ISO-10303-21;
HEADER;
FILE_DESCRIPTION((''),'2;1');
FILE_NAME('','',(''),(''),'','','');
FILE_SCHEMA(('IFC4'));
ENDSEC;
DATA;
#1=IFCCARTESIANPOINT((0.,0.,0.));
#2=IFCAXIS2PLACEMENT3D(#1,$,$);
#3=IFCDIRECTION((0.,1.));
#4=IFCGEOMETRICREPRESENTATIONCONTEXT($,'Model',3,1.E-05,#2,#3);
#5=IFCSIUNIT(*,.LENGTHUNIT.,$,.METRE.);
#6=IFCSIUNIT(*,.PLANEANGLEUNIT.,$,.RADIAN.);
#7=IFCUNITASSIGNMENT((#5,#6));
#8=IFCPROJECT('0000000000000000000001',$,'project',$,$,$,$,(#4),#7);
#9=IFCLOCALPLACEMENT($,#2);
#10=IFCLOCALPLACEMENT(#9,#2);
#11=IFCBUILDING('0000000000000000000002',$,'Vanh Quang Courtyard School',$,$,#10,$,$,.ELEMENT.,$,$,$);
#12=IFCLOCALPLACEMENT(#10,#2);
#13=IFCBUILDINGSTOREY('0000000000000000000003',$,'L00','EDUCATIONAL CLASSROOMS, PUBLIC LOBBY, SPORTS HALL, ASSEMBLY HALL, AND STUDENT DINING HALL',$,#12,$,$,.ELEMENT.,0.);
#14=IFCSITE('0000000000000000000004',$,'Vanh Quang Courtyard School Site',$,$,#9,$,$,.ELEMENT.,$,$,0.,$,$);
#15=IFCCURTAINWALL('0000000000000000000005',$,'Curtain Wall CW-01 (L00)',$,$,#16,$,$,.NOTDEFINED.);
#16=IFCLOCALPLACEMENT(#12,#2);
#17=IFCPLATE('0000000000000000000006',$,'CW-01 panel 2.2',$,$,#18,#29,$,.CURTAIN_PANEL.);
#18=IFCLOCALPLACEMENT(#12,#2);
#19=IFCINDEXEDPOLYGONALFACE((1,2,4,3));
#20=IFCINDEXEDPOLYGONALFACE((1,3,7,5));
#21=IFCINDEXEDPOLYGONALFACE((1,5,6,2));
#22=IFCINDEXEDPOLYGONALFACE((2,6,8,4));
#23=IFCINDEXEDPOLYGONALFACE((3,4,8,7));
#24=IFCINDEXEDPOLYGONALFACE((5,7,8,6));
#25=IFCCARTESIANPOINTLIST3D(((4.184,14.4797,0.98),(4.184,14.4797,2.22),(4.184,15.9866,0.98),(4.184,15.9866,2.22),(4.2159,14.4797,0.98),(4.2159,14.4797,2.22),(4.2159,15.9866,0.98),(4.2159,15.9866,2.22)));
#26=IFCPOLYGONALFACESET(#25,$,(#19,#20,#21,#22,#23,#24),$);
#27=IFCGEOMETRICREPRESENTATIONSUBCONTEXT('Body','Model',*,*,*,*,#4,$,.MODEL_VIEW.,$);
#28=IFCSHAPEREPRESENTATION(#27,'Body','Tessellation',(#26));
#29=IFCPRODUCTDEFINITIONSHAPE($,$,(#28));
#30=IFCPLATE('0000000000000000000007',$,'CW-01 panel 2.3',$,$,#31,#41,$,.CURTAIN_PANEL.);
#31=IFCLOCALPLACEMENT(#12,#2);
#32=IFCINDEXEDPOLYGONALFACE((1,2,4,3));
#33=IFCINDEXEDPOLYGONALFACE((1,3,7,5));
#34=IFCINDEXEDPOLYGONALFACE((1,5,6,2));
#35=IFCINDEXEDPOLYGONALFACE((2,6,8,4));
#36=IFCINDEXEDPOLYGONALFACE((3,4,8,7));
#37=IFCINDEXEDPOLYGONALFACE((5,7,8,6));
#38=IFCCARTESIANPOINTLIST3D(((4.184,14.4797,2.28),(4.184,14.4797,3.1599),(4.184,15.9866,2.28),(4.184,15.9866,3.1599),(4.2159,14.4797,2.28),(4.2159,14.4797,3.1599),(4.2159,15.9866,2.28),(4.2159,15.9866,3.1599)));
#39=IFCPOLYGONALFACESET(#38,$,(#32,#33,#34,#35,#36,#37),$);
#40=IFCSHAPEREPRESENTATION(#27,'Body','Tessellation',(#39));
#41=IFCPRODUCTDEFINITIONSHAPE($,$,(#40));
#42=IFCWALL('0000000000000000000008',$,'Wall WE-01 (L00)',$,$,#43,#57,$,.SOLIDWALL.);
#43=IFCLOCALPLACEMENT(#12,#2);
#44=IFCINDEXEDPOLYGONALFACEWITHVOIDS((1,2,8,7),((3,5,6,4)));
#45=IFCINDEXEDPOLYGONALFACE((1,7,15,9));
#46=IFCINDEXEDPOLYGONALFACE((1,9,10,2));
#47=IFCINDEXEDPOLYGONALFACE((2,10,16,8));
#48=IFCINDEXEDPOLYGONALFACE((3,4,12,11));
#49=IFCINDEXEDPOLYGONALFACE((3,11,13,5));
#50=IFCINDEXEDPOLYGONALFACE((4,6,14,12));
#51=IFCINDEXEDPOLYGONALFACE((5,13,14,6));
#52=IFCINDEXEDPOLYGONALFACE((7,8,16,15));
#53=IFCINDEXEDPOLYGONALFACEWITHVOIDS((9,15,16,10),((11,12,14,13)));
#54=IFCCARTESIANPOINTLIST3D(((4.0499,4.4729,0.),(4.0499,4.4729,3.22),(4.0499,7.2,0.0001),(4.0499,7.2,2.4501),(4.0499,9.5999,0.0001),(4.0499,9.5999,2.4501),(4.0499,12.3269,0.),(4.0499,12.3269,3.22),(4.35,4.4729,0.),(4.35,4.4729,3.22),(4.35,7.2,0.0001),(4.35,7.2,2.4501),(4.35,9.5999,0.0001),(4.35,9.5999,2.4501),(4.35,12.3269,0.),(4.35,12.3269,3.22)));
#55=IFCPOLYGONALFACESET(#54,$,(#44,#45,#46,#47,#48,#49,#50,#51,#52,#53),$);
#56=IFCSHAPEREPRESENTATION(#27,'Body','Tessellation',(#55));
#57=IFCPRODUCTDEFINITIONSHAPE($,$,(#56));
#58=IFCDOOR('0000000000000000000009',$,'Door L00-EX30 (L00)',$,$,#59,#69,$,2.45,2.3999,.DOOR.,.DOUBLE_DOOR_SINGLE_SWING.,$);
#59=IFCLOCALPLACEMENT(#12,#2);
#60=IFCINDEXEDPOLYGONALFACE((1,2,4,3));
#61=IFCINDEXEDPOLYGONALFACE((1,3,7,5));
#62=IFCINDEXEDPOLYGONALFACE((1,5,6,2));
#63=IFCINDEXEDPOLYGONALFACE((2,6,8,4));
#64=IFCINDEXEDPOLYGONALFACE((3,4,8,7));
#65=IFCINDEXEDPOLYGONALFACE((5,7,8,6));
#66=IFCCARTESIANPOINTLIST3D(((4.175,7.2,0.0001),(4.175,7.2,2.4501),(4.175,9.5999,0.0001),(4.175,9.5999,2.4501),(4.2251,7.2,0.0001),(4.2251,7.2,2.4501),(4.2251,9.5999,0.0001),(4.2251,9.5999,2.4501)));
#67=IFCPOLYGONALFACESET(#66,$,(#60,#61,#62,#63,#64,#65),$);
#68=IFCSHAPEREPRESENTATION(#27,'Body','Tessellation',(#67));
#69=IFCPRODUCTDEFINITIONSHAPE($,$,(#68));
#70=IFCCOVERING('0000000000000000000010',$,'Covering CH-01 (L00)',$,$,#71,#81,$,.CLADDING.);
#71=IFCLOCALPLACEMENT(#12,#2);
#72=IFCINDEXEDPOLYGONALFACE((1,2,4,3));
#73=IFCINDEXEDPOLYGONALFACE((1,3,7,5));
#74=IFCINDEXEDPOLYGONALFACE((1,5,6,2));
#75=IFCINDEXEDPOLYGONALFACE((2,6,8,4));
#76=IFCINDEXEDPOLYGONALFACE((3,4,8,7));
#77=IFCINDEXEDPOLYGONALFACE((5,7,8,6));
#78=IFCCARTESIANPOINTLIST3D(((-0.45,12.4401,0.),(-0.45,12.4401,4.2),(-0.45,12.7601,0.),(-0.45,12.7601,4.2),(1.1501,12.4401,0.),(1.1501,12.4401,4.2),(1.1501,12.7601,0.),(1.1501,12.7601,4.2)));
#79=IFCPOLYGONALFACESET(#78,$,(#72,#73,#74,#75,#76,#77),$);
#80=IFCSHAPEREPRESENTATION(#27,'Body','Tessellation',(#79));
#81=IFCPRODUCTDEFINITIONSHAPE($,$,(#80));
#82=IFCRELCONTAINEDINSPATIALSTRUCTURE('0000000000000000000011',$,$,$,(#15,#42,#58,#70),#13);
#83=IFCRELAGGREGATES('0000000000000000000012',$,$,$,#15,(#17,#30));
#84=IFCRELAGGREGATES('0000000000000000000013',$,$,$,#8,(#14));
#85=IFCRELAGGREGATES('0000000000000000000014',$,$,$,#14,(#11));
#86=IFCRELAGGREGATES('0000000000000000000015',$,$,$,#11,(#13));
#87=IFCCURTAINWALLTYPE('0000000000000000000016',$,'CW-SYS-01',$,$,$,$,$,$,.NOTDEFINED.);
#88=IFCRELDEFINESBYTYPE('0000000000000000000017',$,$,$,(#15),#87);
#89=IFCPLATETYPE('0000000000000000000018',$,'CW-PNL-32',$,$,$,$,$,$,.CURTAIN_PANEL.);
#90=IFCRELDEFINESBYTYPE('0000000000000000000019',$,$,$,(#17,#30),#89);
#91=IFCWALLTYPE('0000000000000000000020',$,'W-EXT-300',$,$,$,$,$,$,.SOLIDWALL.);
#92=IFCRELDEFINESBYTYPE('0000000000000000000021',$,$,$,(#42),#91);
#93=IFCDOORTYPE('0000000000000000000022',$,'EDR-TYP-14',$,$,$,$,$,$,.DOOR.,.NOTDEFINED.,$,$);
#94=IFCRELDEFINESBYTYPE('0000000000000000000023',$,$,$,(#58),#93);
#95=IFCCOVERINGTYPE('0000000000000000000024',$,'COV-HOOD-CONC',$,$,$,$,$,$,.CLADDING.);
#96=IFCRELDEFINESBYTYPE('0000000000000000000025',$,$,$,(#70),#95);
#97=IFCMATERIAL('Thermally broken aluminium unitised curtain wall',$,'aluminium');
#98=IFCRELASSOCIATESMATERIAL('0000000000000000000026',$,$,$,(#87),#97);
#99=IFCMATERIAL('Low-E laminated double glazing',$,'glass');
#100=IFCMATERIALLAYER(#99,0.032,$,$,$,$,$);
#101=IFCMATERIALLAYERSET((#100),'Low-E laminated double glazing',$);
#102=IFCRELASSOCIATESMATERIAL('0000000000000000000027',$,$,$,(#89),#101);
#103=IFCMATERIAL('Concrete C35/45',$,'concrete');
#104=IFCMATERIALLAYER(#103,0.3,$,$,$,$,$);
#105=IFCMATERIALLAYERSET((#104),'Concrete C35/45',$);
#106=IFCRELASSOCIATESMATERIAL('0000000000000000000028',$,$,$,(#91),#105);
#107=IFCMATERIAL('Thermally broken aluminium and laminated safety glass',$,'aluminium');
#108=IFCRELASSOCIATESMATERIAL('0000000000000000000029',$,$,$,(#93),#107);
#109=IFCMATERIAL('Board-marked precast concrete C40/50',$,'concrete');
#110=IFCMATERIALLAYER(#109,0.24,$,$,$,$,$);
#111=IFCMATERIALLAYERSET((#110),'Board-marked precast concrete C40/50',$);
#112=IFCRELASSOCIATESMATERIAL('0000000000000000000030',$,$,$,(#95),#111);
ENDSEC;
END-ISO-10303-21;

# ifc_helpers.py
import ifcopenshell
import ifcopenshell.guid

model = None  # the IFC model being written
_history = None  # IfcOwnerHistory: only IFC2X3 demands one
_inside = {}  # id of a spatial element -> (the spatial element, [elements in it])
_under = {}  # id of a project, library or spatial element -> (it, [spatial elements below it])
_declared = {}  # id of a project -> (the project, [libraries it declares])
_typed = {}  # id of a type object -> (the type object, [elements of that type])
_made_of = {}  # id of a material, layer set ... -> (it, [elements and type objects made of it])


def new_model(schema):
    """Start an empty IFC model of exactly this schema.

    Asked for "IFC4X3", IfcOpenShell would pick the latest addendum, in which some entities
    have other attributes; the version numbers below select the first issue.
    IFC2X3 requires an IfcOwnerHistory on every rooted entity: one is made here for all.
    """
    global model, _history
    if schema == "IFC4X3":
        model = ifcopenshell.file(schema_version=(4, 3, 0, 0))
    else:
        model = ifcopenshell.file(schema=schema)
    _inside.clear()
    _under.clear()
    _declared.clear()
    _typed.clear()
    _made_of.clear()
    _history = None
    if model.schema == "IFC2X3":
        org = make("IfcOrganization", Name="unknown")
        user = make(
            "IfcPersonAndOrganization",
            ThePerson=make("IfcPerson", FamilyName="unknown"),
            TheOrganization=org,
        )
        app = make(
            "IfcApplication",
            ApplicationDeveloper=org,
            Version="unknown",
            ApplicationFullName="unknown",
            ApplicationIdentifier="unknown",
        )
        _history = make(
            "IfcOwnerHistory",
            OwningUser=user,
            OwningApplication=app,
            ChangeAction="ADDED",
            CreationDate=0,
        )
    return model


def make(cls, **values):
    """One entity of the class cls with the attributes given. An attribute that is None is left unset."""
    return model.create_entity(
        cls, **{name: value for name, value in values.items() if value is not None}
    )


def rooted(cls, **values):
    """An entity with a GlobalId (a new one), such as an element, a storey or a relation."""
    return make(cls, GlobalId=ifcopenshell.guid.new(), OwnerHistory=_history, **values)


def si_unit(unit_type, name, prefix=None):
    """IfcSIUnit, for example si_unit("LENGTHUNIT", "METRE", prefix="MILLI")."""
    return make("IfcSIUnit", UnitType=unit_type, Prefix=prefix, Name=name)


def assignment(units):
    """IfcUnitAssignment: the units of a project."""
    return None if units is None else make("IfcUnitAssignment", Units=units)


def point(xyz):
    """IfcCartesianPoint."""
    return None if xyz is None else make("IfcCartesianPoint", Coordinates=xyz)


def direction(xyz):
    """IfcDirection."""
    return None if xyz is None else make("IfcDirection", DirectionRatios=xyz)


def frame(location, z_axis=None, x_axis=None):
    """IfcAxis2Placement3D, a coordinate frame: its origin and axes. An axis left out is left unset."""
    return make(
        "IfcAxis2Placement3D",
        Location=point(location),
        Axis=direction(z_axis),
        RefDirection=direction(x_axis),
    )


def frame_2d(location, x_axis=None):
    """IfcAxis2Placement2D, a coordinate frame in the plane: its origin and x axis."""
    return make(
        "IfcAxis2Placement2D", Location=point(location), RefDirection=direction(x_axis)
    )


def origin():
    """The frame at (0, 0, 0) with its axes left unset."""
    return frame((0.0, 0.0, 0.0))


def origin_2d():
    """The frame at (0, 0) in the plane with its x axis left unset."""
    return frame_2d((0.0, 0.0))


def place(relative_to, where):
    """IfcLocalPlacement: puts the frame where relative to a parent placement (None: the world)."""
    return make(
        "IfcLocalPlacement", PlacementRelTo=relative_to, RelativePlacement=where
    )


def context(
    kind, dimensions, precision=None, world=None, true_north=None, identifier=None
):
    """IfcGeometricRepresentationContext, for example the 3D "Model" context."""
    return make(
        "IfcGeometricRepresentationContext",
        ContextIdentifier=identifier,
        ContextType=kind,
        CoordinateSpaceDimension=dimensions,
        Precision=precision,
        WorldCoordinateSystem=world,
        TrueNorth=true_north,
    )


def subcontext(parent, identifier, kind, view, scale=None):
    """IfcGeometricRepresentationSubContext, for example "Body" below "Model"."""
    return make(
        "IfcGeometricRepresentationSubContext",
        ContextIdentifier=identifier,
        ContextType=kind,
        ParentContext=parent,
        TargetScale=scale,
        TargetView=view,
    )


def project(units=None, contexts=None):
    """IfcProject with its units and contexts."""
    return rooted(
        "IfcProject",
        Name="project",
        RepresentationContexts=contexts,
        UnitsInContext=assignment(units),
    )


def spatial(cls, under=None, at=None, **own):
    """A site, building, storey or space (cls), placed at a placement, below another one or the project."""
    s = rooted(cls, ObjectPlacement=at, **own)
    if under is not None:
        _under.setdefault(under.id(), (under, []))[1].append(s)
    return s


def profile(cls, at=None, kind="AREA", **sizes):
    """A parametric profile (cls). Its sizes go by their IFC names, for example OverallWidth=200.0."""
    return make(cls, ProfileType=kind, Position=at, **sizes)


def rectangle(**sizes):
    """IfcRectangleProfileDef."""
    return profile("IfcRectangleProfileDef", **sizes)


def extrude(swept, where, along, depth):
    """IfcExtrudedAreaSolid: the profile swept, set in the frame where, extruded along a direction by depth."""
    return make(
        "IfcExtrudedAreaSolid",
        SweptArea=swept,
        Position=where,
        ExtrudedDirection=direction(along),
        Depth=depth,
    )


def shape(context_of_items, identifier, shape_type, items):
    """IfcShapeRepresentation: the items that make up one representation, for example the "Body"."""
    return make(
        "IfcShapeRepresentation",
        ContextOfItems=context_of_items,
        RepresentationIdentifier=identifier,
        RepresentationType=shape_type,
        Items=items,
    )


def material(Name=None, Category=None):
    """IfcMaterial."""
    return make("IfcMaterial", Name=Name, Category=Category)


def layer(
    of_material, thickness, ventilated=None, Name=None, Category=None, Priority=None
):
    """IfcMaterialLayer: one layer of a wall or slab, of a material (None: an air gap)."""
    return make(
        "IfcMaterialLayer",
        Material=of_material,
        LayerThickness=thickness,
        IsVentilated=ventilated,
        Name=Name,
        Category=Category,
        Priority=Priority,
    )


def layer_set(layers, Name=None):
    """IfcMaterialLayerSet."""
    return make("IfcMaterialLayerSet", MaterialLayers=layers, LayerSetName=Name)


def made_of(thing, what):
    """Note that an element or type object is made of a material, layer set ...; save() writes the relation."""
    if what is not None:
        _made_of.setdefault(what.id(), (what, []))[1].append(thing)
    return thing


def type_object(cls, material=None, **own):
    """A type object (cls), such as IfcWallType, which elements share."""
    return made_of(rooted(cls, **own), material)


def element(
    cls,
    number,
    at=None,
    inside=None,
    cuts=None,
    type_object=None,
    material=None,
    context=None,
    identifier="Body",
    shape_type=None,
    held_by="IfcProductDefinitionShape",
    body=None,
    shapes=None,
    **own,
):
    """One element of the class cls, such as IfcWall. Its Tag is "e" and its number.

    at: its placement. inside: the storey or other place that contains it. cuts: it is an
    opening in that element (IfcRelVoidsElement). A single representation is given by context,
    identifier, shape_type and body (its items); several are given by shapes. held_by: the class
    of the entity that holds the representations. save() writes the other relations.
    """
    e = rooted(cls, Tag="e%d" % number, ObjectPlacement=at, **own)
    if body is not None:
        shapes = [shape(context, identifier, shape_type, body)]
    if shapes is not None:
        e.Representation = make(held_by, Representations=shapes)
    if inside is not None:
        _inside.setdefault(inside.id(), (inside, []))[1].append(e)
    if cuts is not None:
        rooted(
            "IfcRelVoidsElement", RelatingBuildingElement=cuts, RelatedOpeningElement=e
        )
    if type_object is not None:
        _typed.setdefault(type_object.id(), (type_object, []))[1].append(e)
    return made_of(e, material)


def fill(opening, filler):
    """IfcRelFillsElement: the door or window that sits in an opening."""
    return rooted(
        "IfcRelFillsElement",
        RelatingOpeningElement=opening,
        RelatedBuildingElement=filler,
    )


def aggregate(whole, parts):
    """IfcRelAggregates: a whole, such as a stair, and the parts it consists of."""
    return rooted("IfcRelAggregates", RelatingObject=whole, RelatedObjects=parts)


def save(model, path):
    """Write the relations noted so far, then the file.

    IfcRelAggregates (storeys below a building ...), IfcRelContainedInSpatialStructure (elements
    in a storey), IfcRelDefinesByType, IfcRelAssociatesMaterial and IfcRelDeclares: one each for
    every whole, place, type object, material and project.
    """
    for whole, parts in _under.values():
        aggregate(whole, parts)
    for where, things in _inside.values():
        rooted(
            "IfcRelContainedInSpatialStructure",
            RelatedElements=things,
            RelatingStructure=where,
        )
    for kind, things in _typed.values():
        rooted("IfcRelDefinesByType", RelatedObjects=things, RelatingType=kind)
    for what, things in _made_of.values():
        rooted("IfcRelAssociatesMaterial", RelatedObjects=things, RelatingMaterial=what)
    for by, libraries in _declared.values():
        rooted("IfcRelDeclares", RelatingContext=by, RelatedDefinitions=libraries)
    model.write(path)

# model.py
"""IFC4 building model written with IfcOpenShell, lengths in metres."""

from ifc_helpers import new_model, si_unit, direction, frame, frame_2d, origin, origin_2d, place, context, subcontext, project, spatial, rectangle, extrude, material, layer, layer_set, type_object, element, fill, aggregate, save


model = new_model("IFC4")

# Units and contexts
model_context = context("Model", 3, precision=1e-05, world=origin(), true_north=direction((0.0, 1.0)))
body_context = subcontext(model_context, "Body", "Model", "MODEL_VIEW")
ifc_project = project(units=[si_unit("LENGTHUNIT", "METRE"), si_unit("PLANEANGLEUNIT", "RADIAN")], contexts=[model_context])

# Site, building, storey
site_placement = place(None, origin())
site = spatial("IfcSite", under=ifc_project, at=site_placement, Name="Vanh Quang Courtyard School Site", CompositionType="ELEMENT", RefElevation=0.0)
building_placement = place(site_placement, origin())
building = spatial("IfcBuilding", under=site, at=building_placement, Name="Vanh Quang Courtyard School", CompositionType="ELEMENT")
storey_placement = place(building_placement, origin())
storey = spatial("IfcBuildingStorey", under=building, at=storey_placement, Name="L00", Description="EDUCATIONAL CLASSROOMS, PUBLIC LOBBY, SPORTS HALL, ASSEMBLY HALL, AND STUDENT DINING HALL", CompositionType="ELEMENT", Elevation=0.0)

# Shared definitions
ifc_material_1 = material(Name="Concrete C35/45", Category="concrete")

# Curtain wall, plates
ifc_material_2 = material(Name="Thermally broken aluminium unitised curtain wall", Category="aluminium")
curtain_wall_type = type_object("IfcCurtainWallType", Name="CW-SYS-01", PredefinedType="NOTDEFINED", material=ifc_material_2)
curtain_wall_placement = place(storey_placement, origin())
curtain_wall = element("IfcCurtainWall", 1, at=curtain_wall_placement, inside=storey, type_object=curtain_wall_type, Name="Curtain Wall CW-01 (L00)", PredefinedType="NOTDEFINED")
ifc_material_3 = material(Name="Low-E laminated double glazing", Category="glass")
ifc_layer_1 = layer(ifc_material_3, 0.032)
ifc_layer_set_1 = layer_set([ifc_layer_1], Name="Low-E laminated double glazing")
plate_type = type_object("IfcPlateType", Name="CW-PNL-32", PredefinedType="CURTAIN_PANEL", material=ifc_layer_set_1)
plate_1_placement = place(storey_placement, frame((4.2, 15.2332, 0.98), z_axis=(0.0, 0.0, 1.0), x_axis=(0.0, 1.0, 0.0)))
plate_1 = element("IfcPlate", 2, at=plate_1_placement, type_object=plate_type, Name="CW-01 panel 2.2", PredefinedType="CURTAIN_PANEL", context=body_context, shape_type="SweptSolid", body=[
    extrude(rectangle(XDim=1.5068, YDim=0.032, at=origin_2d()), origin(), (0.0, 0.0, 1.0), 1.24),
])
plate_2_placement = place(storey_placement, frame((4.2, 15.2332, 2.28), z_axis=(0.0, 0.0, 1.0), x_axis=(0.0, 1.0, 0.0)))
plate_2 = element("IfcPlate", 3, at=plate_2_placement, type_object=plate_type, Name="CW-01 panel 2.3", PredefinedType="CURTAIN_PANEL", context=body_context, shape_type="SweptSolid", body=[
    extrude(rectangle(XDim=1.5068, YDim=0.032, at=origin_2d()), origin(), (0.0, 0.0, 1.0), 0.8799),
])
aggregate(curtain_wall, [plate_1, plate_2])

# Wall, opening, door
ifc_layer_2 = layer(ifc_material_1, 0.3)
ifc_layer_set_2 = layer_set([ifc_layer_2], Name="Concrete C35/45")
wall_type = type_object("IfcWallType", Name="W-EXT-300", PredefinedType="SOLIDWALL", material=ifc_layer_set_2)
wall_placement = place(storey_placement, frame((4.2, 4.4729, 0.0), z_axis=(0.0, 0.0, 1.0), x_axis=(0.0, 1.0, 0.0)))
wall = element("IfcWall", 4, at=wall_placement, inside=storey, type_object=wall_type, Name="Wall WE-01 (L00)", PredefinedType="SOLIDWALL", context=body_context, shape_type="SweptSolid", body=[
    extrude(rectangle(XDim=7.854, YDim=0.3, at=frame_2d((3.927, 0.0))), origin(), (0.0, 0.0, 1.0), 3.22),
])
opening_placement = place(wall_placement, frame((2.7271, 0.0, 0.0)))
opening = element("IfcOpeningElement", 5, at=opening_placement, cuts=wall, PredefinedType="OPENING", context=body_context, shape_type="SweptSolid", body=[
    extrude(rectangle(XDim=2.3999, YDim=2.45, at=frame_2d((1.2, 1.2251))), frame((0.0, 0.1602, 0.0), z_axis=(0.0, -1.0, 0.0), x_axis=(1.0, 0.0, 0.0)), (0.0, 0.0, 1.0), 0.3201),
])
ifc_material_4 = material(Name="Thermally broken aluminium and laminated safety glass", Category="aluminium")
door_type = type_object("IfcDoorType", Name="EDR-TYP-14", OperationType="NOTDEFINED", PredefinedType="DOOR", material=ifc_material_4)
door_placement = place(opening_placement, origin())
door = element("IfcDoor", 6, at=door_placement, inside=storey, type_object=door_type, Name="Door L00-EX30 (L00)", OperationType="DOUBLE_DOOR_SINGLE_SWING", OverallHeight=2.45, OverallWidth=2.3999, PredefinedType="DOOR", context=body_context, shape_type="SweptSolid", body=[
    extrude(rectangle(XDim=2.3999, YDim=2.45, at=frame_2d((1.2, 1.2251))), frame((0.0, 0.0249, 0.0), z_axis=(0.0, -1.0, 0.0), x_axis=(1.0, 0.0, 0.0)), (0.0, 0.0, 1.0), 0.05),
])
fill(opening, door)

# Covering
ifc_material_5 = material(Name="Board-marked precast concrete C40/50", Category="concrete")
ifc_layer_3 = layer(ifc_material_5, 0.24)
ifc_layer_set_3 = layer_set([ifc_layer_3], Name="Board-marked precast concrete C40/50")
covering_type = type_object("IfcCoveringType", Name="COV-HOOD-CONC", PredefinedType="CLADDING", material=ifc_layer_set_3)
covering_placement = place(storey_placement, frame((0.3501, 12.6001, 0.0), z_axis=(0.0, 0.0, 1.0), x_axis=(1.0, 0.0, 0.0)))
element("IfcCovering", 7, at=covering_placement, inside=storey, type_object=covering_type, Name="Covering CH-01 (L00)", PredefinedType="CLADDING", context=body_context, shape_type="SweptSolid", body=[
    extrude(rectangle(XDim=1.6001, YDim=0.3201, at=origin_2d()), origin(), (0.0, 0.0, 1.0), 4.2),
])

save(model, "model.ifc")
